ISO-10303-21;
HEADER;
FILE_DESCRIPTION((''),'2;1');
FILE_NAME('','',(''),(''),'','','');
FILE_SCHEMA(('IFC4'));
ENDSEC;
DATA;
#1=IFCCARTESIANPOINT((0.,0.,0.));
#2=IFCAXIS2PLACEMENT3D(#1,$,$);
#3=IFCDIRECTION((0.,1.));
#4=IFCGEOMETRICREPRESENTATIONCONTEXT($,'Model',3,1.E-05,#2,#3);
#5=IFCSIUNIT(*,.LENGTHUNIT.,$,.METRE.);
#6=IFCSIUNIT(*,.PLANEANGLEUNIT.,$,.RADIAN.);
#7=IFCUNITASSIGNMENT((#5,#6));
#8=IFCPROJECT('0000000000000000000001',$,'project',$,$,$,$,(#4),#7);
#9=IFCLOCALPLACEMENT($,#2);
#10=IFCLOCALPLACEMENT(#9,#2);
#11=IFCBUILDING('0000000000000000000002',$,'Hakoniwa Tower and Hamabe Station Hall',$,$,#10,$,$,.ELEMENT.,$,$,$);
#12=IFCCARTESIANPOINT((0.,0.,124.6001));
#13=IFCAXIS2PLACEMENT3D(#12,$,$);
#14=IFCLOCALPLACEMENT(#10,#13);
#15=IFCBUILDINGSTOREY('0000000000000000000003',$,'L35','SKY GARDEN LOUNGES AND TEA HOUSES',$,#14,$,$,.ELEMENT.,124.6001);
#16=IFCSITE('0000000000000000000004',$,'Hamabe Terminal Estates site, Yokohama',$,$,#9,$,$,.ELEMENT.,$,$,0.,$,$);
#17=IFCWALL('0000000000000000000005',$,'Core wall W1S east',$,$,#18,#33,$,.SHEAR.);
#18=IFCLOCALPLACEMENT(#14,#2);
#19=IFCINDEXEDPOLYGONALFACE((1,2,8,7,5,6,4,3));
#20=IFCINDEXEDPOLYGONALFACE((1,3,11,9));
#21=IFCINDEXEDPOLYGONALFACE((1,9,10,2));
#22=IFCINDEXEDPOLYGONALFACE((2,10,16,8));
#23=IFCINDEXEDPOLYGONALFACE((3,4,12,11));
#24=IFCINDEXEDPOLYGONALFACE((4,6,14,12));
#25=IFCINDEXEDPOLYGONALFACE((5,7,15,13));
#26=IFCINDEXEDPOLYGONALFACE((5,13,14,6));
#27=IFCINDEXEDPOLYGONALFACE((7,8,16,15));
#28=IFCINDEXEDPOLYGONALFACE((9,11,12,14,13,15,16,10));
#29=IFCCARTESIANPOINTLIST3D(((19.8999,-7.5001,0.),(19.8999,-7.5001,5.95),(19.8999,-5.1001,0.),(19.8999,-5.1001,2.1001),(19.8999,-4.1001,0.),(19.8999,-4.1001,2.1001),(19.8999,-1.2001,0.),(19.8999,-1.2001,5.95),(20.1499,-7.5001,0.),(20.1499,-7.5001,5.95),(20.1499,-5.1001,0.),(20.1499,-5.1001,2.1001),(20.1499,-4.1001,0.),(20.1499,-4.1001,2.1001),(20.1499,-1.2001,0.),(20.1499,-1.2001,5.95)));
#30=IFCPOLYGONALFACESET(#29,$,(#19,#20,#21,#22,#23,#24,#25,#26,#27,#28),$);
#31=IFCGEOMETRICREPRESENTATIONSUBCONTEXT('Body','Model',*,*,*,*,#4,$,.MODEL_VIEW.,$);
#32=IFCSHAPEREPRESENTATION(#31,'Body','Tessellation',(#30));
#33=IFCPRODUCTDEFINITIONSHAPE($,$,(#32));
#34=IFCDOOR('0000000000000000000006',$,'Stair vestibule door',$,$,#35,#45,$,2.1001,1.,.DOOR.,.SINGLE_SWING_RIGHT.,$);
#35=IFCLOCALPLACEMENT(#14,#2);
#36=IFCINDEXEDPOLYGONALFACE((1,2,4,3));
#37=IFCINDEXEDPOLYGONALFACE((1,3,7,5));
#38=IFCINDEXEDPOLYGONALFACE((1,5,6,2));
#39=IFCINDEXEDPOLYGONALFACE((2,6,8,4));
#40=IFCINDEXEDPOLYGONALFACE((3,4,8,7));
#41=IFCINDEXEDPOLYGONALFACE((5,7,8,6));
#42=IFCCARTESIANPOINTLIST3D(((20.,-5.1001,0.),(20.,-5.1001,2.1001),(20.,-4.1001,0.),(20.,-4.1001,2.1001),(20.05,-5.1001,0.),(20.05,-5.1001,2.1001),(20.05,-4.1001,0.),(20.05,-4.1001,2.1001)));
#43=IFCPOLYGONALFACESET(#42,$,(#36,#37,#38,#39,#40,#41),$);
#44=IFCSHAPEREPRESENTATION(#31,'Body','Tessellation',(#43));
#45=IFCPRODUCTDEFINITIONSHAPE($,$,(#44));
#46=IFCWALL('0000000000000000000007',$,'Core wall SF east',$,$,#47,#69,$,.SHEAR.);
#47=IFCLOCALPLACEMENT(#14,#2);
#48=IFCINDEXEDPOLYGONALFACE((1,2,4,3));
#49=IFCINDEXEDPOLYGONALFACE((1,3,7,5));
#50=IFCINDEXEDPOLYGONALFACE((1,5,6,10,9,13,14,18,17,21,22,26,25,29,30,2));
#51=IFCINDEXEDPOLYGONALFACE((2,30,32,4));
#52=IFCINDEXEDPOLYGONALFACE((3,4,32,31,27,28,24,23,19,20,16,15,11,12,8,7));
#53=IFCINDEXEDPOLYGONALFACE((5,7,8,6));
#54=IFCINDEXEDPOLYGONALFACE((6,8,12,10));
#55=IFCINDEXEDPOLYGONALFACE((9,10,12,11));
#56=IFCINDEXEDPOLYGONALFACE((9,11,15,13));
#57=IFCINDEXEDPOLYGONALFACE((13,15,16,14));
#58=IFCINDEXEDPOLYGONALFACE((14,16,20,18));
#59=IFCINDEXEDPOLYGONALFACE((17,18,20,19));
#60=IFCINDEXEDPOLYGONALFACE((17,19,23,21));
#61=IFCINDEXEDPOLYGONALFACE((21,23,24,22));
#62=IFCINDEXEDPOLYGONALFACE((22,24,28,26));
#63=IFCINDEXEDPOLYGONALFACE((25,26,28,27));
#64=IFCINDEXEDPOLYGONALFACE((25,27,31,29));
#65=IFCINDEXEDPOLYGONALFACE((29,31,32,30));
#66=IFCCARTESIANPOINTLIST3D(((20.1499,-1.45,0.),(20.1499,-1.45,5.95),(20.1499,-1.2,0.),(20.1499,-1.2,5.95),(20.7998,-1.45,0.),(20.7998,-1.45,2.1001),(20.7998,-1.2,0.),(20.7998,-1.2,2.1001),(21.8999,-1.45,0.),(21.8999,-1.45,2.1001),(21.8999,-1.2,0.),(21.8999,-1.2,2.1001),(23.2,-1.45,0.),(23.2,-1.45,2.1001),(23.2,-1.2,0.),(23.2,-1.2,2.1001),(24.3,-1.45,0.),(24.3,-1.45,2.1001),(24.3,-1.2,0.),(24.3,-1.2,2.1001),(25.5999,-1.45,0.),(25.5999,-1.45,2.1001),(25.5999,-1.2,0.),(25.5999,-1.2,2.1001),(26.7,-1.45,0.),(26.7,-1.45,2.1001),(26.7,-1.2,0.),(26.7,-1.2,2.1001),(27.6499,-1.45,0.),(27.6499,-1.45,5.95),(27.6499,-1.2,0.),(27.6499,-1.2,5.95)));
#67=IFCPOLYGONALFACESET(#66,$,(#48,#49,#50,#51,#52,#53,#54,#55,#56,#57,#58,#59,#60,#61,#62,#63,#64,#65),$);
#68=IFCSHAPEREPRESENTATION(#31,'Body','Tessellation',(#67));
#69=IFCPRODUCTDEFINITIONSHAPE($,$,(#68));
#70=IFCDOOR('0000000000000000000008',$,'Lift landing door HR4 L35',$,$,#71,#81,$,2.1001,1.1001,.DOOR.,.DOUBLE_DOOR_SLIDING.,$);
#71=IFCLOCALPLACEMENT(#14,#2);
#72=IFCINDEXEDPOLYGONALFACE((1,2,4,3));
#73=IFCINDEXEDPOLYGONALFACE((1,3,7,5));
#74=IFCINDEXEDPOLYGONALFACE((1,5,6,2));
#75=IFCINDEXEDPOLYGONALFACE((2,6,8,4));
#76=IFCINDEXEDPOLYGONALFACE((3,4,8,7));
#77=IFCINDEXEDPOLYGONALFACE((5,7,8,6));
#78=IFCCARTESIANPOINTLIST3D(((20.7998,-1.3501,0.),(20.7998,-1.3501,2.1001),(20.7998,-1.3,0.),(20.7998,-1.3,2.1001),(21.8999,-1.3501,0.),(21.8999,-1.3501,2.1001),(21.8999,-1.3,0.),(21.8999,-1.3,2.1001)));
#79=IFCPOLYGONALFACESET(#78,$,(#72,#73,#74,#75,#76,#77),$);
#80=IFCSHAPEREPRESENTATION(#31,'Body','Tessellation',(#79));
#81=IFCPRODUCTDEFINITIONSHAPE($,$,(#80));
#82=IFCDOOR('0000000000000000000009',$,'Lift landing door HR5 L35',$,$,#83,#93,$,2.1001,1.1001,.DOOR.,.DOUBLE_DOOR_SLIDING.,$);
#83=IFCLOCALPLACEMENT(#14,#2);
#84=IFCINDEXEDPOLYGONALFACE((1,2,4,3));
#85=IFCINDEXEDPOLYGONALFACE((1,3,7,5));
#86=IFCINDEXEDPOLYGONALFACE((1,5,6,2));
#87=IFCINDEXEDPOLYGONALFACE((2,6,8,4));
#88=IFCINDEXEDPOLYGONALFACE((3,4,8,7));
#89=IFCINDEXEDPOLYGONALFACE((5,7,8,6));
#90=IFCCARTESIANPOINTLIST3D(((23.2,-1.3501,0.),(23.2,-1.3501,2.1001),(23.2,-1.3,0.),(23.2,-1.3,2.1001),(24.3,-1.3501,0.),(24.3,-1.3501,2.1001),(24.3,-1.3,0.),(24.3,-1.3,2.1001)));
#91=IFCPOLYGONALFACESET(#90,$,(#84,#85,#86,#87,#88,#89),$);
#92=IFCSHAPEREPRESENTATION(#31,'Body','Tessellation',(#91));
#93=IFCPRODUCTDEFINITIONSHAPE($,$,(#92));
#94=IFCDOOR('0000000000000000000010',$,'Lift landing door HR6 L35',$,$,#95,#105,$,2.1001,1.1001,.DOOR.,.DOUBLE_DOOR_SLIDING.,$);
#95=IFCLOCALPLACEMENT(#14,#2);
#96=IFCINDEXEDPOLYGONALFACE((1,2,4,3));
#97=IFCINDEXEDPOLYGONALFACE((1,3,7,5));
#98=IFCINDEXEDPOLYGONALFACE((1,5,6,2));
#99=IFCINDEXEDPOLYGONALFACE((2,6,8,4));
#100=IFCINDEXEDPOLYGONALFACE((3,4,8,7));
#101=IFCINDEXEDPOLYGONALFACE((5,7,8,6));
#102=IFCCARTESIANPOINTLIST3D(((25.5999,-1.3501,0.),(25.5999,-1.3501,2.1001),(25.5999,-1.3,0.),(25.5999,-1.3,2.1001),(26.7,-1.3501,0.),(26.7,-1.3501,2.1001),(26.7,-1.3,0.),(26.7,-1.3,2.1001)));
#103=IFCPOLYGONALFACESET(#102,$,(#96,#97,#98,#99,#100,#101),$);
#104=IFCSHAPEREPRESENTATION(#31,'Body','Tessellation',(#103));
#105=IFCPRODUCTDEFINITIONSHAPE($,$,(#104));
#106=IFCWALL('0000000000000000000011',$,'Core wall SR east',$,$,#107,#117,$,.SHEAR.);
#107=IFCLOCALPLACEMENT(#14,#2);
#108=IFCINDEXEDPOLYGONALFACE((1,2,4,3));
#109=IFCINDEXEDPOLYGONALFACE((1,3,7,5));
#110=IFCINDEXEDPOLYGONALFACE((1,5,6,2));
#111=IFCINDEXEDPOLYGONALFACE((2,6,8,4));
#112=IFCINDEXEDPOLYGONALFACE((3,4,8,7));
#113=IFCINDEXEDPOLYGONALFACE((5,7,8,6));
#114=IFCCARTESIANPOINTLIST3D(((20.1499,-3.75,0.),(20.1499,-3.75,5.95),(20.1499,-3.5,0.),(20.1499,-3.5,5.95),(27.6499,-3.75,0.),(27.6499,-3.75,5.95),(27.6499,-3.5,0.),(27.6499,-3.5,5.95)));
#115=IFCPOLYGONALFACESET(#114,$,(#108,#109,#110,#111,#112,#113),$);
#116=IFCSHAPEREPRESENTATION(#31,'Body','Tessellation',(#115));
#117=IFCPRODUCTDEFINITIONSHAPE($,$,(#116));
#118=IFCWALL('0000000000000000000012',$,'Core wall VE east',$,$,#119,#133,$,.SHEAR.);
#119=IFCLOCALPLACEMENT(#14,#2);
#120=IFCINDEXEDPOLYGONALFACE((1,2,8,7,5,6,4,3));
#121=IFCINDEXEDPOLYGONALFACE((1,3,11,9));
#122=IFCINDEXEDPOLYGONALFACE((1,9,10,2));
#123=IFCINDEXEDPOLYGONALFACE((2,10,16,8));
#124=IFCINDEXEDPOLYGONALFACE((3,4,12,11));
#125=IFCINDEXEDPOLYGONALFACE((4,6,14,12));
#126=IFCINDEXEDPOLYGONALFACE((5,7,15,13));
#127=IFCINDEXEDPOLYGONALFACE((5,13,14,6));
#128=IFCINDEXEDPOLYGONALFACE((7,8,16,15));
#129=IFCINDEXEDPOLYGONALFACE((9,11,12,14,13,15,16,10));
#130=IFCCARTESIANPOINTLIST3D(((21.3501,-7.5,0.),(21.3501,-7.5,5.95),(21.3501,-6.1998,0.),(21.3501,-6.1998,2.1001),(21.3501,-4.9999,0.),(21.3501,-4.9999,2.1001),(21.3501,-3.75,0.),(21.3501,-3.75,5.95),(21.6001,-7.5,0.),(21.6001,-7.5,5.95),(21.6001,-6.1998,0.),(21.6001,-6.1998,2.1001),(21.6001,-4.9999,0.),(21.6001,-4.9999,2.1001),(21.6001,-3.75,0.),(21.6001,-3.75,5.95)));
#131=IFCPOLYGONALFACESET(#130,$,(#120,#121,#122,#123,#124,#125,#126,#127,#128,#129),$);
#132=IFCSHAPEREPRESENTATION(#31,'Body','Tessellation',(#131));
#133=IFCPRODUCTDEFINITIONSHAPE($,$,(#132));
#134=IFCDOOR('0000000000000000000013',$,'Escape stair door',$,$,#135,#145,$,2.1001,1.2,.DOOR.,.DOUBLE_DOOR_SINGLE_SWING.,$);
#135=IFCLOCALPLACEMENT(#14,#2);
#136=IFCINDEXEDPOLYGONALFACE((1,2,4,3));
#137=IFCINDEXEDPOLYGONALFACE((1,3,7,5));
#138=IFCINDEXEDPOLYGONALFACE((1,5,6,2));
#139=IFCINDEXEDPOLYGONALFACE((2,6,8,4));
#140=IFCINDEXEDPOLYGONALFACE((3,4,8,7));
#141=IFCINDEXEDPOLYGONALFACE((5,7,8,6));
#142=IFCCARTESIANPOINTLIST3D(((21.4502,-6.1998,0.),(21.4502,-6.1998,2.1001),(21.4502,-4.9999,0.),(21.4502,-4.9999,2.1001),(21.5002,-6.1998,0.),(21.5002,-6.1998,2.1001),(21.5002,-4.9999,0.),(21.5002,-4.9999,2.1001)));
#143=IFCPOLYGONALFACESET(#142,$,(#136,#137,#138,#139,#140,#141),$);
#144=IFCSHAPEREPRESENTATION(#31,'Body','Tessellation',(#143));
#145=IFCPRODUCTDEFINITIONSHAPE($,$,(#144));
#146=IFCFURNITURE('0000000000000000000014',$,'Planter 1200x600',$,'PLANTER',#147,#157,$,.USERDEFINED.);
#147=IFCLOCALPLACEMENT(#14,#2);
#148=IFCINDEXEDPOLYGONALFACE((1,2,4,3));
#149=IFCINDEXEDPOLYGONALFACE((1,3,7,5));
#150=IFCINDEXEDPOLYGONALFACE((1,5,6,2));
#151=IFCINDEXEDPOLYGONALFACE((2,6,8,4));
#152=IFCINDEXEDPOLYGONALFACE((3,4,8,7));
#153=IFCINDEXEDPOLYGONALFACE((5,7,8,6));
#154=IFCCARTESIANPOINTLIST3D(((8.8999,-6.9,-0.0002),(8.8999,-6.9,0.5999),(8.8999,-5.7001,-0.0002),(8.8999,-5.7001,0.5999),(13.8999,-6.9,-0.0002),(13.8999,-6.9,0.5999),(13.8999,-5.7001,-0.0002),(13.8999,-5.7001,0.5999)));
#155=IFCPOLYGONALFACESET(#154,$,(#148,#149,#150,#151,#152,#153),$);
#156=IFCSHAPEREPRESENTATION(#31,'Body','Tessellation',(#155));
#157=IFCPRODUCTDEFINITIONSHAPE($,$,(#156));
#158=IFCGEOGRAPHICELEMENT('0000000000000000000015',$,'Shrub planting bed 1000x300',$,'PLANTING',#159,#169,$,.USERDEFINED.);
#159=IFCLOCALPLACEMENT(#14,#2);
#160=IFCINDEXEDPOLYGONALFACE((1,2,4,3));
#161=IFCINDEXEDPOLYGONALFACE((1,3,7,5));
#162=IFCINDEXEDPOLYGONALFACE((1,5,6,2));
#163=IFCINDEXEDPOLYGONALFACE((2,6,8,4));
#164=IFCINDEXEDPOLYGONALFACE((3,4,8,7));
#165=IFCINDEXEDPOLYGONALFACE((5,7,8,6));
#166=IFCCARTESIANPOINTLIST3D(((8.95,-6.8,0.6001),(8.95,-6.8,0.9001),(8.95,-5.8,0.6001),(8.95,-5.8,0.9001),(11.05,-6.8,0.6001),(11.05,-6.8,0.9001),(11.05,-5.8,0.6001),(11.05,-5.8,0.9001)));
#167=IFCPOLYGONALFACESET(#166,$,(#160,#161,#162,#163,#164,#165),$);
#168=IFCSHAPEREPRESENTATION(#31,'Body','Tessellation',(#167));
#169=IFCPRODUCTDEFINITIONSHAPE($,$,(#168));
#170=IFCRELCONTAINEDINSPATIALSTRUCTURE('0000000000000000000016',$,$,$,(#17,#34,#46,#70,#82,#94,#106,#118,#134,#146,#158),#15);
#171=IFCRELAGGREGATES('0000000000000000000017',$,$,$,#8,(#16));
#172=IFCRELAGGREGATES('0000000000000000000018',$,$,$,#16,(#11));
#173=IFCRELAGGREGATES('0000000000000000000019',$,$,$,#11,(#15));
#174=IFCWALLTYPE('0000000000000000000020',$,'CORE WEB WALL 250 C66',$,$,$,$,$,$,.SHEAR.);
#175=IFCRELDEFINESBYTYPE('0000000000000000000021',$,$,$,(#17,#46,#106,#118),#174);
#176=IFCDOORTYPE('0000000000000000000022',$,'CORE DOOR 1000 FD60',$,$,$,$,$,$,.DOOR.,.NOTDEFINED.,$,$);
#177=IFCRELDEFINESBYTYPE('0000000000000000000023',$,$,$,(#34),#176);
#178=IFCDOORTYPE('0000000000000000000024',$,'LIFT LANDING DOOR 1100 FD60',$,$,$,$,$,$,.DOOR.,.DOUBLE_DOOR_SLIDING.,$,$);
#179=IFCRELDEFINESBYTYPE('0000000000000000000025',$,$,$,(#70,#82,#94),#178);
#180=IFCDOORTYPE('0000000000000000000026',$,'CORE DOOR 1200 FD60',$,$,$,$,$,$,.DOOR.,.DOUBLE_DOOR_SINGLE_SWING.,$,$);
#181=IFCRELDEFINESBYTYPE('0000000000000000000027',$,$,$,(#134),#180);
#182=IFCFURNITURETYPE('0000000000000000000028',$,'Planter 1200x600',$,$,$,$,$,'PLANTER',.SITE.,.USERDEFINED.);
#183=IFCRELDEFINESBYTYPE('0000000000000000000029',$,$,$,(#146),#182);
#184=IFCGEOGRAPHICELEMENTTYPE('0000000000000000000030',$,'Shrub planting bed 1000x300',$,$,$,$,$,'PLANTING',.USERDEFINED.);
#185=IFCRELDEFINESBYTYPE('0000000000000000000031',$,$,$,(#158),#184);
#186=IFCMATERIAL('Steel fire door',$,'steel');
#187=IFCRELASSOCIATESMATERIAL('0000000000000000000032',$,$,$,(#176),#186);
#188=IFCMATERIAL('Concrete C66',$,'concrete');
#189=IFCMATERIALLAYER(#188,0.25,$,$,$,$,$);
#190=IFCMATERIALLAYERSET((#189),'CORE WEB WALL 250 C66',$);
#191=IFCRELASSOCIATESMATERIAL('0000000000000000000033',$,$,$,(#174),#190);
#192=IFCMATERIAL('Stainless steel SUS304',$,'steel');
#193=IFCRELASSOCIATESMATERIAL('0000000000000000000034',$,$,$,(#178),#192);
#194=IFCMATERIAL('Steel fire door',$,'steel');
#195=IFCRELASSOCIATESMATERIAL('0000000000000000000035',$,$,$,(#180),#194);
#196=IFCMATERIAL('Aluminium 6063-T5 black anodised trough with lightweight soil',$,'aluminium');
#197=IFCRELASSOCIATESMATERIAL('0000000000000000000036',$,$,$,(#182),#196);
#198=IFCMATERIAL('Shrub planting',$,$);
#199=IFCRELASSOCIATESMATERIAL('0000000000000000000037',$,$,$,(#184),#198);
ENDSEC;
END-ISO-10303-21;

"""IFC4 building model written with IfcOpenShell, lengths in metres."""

from ifc_helpers import new_model, si_unit, direction, frame, frame_2d, origin, origin_2d, place, context, subcontext, project, spatial, rectangle, extrude, material, layer, layer_set, type_object, element, fill, save


model = new_model("IFC4")

# Units and contexts
model_context = context("Model", 3, precision=1e-05, world=origin(), true_north=direction((0.0, 1.0)))
body_context = subcontext(model_context, "Body", "Model", "MODEL_VIEW")
ifc_project = project(units=[si_unit("LENGTHUNIT", "METRE"), si_unit("PLANEANGLEUNIT", "RADIAN")], contexts=[model_context])

# Site, building, storey
site_placement = place(None, origin())
site = spatial("IfcSite", under=ifc_project, at=site_placement, Name="Hamabe Terminal Estates site, Yokohama", CompositionType="ELEMENT", RefElevation=0.0)
building_placement = place(site_placement, origin())
building = spatial("IfcBuilding", under=site, at=building_placement, Name="Hakoniwa Tower and Hamabe Station Hall", CompositionType="ELEMENT")
storey_placement = place(building_placement, frame((0.0, 0.0, 124.6001)))
storey = spatial("IfcBuildingStorey", under=building, at=storey_placement, Name="L35", Description="SKY GARDEN LOUNGES AND TEA HOUSES", CompositionType="ELEMENT", Elevation=124.6001)

# Wall, opening, door
ifc_material_1 = material(Name="Steel fire door", Category="steel")
door_type_1 = type_object("IfcDoorType", Name="CORE DOOR 1000 FD60", OperationType="NOTDEFINED", PredefinedType="DOOR", material=ifc_material_1)
ifc_material_2 = material(Name="Concrete C66", Category="concrete")
ifc_layer_1 = layer(ifc_material_2, 0.25)
ifc_layer_set_1 = layer_set([ifc_layer_1], Name="CORE WEB WALL 250 C66")
wall_type_1 = type_object("IfcWallType", Name="CORE WEB WALL 250 C66", PredefinedType="SHEAR", material=ifc_layer_set_1)
wall_1_placement = place(storey_placement, frame((20.0249, -7.5, 0.0), z_axis=(0.0, 0.0, 1.0), x_axis=(0.0, 1.0, 0.0)))
wall_1 = element("IfcWall", 1, at=wall_1_placement, inside=storey, type_object=wall_type_1, Name="Core wall W1S east", PredefinedType="SHEAR", context=body_context, shape_type="SweptSolid", body=[
    extrude(rectangle(XDim=6.3, YDim=0.25, at=frame_2d((3.1499, 0.0))), origin(), (0.0, 0.0, 1.0), 5.95),
])
opening_1_placement = place(wall_1_placement, frame((2.3999, 0.0, 0.0)))
opening_1 = element("IfcOpeningElement", 2, at=opening_1_placement, cuts=wall_1, PredefinedType="OPENING", context=body_context, shape_type="SweptSolid", body=[
    extrude(rectangle(XDim=1.0, YDim=2.1001, at=frame_2d((0.5, 1.05))), frame((0.0, 0.135, 0.0), z_axis=(0.0, -1.0, 0.0), x_axis=(1.0, 0.0, 0.0)), (0.0, 0.0, 1.0), 0.27),
])
door_1_placement = place(opening_1_placement, origin())
door_1 = element("IfcDoor", 3, at=door_1_placement, inside=storey, type_object=door_type_1, Name="Stair vestibule door", OperationType="SINGLE_SWING_RIGHT", OverallHeight=2.1001, OverallWidth=1.0, PredefinedType="DOOR", context=body_context, shape_type="SweptSolid", body=[
    extrude(rectangle(XDim=1.0, YDim=2.1001, at=frame_2d((0.5, 1.05))), frame((0.0, 0.0249, 0.0), z_axis=(0.0, -1.0, 0.0), x_axis=(1.0, 0.0, 0.0)), (0.0, 0.0, 1.0), 0.05),
])
fill(opening_1, door_1)

# Wall, openings, doors
wall_2_placement = place(storey_placement, frame((20.1499, -1.325, 0.0), z_axis=(0.0, 0.0, 1.0), x_axis=(1.0, 0.0, 0.0)))
wall_2 = element("IfcWall", 4, at=wall_2_placement, inside=storey, type_object=wall_type_1, Name="Core wall SF east", PredefinedType="SHEAR", context=body_context, shape_type="SweptSolid", body=[
    extrude(rectangle(XDim=7.5, YDim=0.25, at=frame_2d((3.75, 0.0))), origin(), (0.0, 0.0, 1.0), 5.95),
])
opening_2_placement = place(wall_2_placement, frame((0.6499, 0.0, 0.0)))
opening_2 = element("IfcOpeningElement", 5, at=opening_2_placement, cuts=wall_2, PredefinedType="OPENING", context=body_context, shape_type="SweptSolid", body=[
    extrude(rectangle(XDim=1.1001, YDim=2.1001, at=frame_2d((0.55, 1.05))), frame((0.0, 0.135, 0.0), z_axis=(0.0, -1.0, 0.0), x_axis=(1.0, 0.0, 0.0)), (0.0, 0.0, 1.0), 0.27),
])
opening_3_placement = place(wall_2_placement, frame((3.05, 0.0, 0.0)))
opening_3 = element("IfcOpeningElement", 6, at=opening_3_placement, cuts=wall_2, PredefinedType="OPENING", context=body_context, shape_type="SweptSolid", body=[
    extrude(rectangle(XDim=1.1001, YDim=2.1001, at=frame_2d((0.55, 1.05))), frame((0.0, 0.135, 0.0), z_axis=(0.0, -1.0, 0.0), x_axis=(1.0, 0.0, 0.0)), (0.0, 0.0, 1.0), 0.27),
])
opening_4_placement = place(wall_2_placement, frame((5.45, 0.0, 0.0)))
opening_4 = element("IfcOpeningElement", 7, at=opening_4_placement, cuts=wall_2, PredefinedType="OPENING", context=body_context, shape_type="SweptSolid", body=[
    extrude(rectangle(XDim=1.1001, YDim=2.1001, at=frame_2d((0.55, 1.05))), frame((0.0, 0.135, 0.0), z_axis=(0.0, -1.0, 0.0), x_axis=(1.0, 0.0, 0.0)), (0.0, 0.0, 1.0), 0.27),
])
ifc_material_3 = material(Name="Stainless steel SUS304", Category="steel")
door_type_2 = type_object("IfcDoorType", Name="LIFT LANDING DOOR 1100 FD60", OperationType="DOUBLE_DOOR_SLIDING", PredefinedType="DOOR", material=ifc_material_3)
door_2_placement = place(opening_2_placement, origin())
door_2 = element("IfcDoor", 8, at=door_2_placement, inside=storey, type_object=door_type_2, Name="Lift landing door HR4 L35", OperationType="DOUBLE_DOOR_SLIDING", OverallHeight=2.1001, OverallWidth=1.1001, PredefinedType="DOOR", context=body_context, shape_type="SweptSolid", body=[
    extrude(rectangle(XDim=1.1001, YDim=2.1001, at=frame_2d((0.55, 1.05))), frame((0.0, 0.0249, 0.0), z_axis=(0.0, -1.0, 0.0), x_axis=(1.0, 0.0, 0.0)), (0.0, 0.0, 1.0), 0.05),
])
fill(opening_2, door_2)
door_3_placement = place(opening_3_placement, origin())
door_3 = element("IfcDoor", 9, at=door_3_placement, inside=storey, type_object=door_type_2, Name="Lift landing door HR5 L35", OperationType="DOUBLE_DOOR_SLIDING", OverallHeight=2.1001, OverallWidth=1.1001, PredefinedType="DOOR", context=body_context, shape_type="SweptSolid", body=[
    extrude(rectangle(XDim=1.1001, YDim=2.1001, at=frame_2d((0.55, 1.05))), frame((0.0, 0.0249, 0.0), z_axis=(0.0, -1.0, 0.0), x_axis=(1.0, 0.0, 0.0)), (0.0, 0.0, 1.0), 0.05),
])
fill(opening_3, door_3)
door_4_placement = place(opening_4_placement, origin())
door_4 = element("IfcDoor", 10, at=door_4_placement, inside=storey, type_object=door_type_2, Name="Lift landing door HR6 L35", OperationType="DOUBLE_DOOR_SLIDING", OverallHeight=2.1001, OverallWidth=1.1001, PredefinedType="DOOR", context=body_context, shape_type="SweptSolid", body=[
    extrude(rectangle(XDim=1.1001, YDim=2.1001, at=frame_2d((0.55, 1.05))), frame((0.0, 0.0249, 0.0), z_axis=(0.0, -1.0, 0.0), x_axis=(1.0, 0.0, 0.0)), (0.0, 0.0, 1.0), 0.05),
])
fill(opening_4, door_4)

# Wall
wall_3_placement = place(storey_placement, frame((20.1499, -3.625, 0.0), z_axis=(0.0, 0.0, 1.0), x_axis=(1.0, 0.0, 0.0)))
element("IfcWall", 11, at=wall_3_placement, inside=storey, type_object=wall_type_1, Name="Core wall SR east", PredefinedType="SHEAR", context=body_context, shape_type="SweptSolid", body=[
    extrude(rectangle(XDim=7.5, YDim=0.25, at=frame_2d((3.75, 0.0))), origin(), (0.0, 0.0, 1.0), 5.95),
])

# Wall, opening, door
wall_4_placement = place(storey_placement, frame((21.4751, -7.5, 0.0), z_axis=(0.0, 0.0, 1.0), x_axis=(0.0, 1.0, 0.0)))
wall_4 = element("IfcWall", 12, at=wall_4_placement, inside=storey, type_object=wall_type_1, Name="Core wall VE east", PredefinedType="SHEAR", context=body_context, shape_type="SweptSolid", body=[
    extrude(rectangle(XDim=3.75, YDim=0.25, at=frame_2d((1.875, 0.0))), origin(), (0.0, 0.0, 1.0), 5.95),
])
opening_5_placement = place(wall_4_placement, frame((1.3, 0.0, 0.0)))
opening_5 = element("IfcOpeningElement", 13, at=opening_5_placement, cuts=wall_4, PredefinedType="OPENING", context=body_context, shape_type="SweptSolid", body=[
    extrude(rectangle(XDim=1.2, YDim=2.1001, at=frame_2d((0.6001, 1.05))), frame((0.0, 0.135, 0.0), z_axis=(0.0, -1.0, 0.0), x_axis=(1.0, 0.0, 0.0)), (0.0, 0.0, 1.0), 0.27),
])
ifc_material_4 = material(Name="Steel fire door", Category="steel")
door_type_3 = type_object("IfcDoorType", Name="CORE DOOR 1200 FD60", OperationType="DOUBLE_DOOR_SINGLE_SWING", PredefinedType="DOOR", material=ifc_material_4)
door_5_placement = place(opening_5_placement, origin())
door_5 = element("IfcDoor", 14, at=door_5_placement, inside=storey, type_object=door_type_3, Name="Escape stair door", OperationType="DOUBLE_DOOR_SINGLE_SWING", OverallHeight=2.1001, OverallWidth=1.2, PredefinedType="DOOR", context=body_context, shape_type="SweptSolid", body=[
    extrude(rectangle(XDim=1.2, YDim=2.1001, at=frame_2d((0.6001, 1.05))), frame((0.0, 0.0249, 0.0), z_axis=(0.0, -1.0, 0.0), x_axis=(1.0, 0.0, 0.0)), (0.0, 0.0, 1.0), 0.05),
])
fill(opening_5, door_5)

# Furniture
ifc_material_5 = material(Name="Aluminium 6063-T5 black anodised trough with lightweight soil", Category="aluminium")
furniture_type = type_object("IfcFurnitureType", Name="Planter 1200x600", ElementType="PLANTER", AssemblyPlace="SITE", PredefinedType="USERDEFINED", material=ifc_material_5)
furniture_placement = place(storey_placement, frame((11.3999, -6.3, -0.0002), z_axis=(0.0, 0.0, 1.0), x_axis=(1.0, 0.0, 0.0)))
element("IfcFurniture", 15, at=furniture_placement, inside=storey, type_object=furniture_type, Name="Planter 1200x600", ObjectType="PLANTER", PredefinedType="USERDEFINED", context=body_context, shape_type="SweptSolid", body=[
    extrude(rectangle(XDim=5.0, YDim=1.2, at=origin_2d()), origin(), (0.0, 0.0, 1.0), 0.6001),
])

# Geographic element
ifc_material_6 = material(Name="Shrub planting")
geographic_element_type = type_object("IfcGeographicElementType", Name="Shrub planting bed 1000x300", ElementType="PLANTING", PredefinedType="USERDEFINED", material=ifc_material_6)
for number, where, z_axis, x_axis, name in (
    (16, (10.0, -6.3, 0.6001), (0.0, 0.0, 1.0), (1.0, 0.0, 0.0), "Shrub planting bed 1000x300"),
):
    element("IfcGeographicElement", number, at=place(storey_placement, frame(where, z_axis=z_axis, x_axis=x_axis)), inside=storey, type_object=geographic_element_type, Name=name, ObjectType="PLANTING", PredefinedType="USERDEFINED", context=body_context, shape_type="SweptSolid", body=[
        extrude(rectangle(XDim=2.1001, YDim=1.0, at=origin_2d()), origin(), (0.0, 0.0, 1.0), 0.3),
    ])

save(model, "model.ifc")
